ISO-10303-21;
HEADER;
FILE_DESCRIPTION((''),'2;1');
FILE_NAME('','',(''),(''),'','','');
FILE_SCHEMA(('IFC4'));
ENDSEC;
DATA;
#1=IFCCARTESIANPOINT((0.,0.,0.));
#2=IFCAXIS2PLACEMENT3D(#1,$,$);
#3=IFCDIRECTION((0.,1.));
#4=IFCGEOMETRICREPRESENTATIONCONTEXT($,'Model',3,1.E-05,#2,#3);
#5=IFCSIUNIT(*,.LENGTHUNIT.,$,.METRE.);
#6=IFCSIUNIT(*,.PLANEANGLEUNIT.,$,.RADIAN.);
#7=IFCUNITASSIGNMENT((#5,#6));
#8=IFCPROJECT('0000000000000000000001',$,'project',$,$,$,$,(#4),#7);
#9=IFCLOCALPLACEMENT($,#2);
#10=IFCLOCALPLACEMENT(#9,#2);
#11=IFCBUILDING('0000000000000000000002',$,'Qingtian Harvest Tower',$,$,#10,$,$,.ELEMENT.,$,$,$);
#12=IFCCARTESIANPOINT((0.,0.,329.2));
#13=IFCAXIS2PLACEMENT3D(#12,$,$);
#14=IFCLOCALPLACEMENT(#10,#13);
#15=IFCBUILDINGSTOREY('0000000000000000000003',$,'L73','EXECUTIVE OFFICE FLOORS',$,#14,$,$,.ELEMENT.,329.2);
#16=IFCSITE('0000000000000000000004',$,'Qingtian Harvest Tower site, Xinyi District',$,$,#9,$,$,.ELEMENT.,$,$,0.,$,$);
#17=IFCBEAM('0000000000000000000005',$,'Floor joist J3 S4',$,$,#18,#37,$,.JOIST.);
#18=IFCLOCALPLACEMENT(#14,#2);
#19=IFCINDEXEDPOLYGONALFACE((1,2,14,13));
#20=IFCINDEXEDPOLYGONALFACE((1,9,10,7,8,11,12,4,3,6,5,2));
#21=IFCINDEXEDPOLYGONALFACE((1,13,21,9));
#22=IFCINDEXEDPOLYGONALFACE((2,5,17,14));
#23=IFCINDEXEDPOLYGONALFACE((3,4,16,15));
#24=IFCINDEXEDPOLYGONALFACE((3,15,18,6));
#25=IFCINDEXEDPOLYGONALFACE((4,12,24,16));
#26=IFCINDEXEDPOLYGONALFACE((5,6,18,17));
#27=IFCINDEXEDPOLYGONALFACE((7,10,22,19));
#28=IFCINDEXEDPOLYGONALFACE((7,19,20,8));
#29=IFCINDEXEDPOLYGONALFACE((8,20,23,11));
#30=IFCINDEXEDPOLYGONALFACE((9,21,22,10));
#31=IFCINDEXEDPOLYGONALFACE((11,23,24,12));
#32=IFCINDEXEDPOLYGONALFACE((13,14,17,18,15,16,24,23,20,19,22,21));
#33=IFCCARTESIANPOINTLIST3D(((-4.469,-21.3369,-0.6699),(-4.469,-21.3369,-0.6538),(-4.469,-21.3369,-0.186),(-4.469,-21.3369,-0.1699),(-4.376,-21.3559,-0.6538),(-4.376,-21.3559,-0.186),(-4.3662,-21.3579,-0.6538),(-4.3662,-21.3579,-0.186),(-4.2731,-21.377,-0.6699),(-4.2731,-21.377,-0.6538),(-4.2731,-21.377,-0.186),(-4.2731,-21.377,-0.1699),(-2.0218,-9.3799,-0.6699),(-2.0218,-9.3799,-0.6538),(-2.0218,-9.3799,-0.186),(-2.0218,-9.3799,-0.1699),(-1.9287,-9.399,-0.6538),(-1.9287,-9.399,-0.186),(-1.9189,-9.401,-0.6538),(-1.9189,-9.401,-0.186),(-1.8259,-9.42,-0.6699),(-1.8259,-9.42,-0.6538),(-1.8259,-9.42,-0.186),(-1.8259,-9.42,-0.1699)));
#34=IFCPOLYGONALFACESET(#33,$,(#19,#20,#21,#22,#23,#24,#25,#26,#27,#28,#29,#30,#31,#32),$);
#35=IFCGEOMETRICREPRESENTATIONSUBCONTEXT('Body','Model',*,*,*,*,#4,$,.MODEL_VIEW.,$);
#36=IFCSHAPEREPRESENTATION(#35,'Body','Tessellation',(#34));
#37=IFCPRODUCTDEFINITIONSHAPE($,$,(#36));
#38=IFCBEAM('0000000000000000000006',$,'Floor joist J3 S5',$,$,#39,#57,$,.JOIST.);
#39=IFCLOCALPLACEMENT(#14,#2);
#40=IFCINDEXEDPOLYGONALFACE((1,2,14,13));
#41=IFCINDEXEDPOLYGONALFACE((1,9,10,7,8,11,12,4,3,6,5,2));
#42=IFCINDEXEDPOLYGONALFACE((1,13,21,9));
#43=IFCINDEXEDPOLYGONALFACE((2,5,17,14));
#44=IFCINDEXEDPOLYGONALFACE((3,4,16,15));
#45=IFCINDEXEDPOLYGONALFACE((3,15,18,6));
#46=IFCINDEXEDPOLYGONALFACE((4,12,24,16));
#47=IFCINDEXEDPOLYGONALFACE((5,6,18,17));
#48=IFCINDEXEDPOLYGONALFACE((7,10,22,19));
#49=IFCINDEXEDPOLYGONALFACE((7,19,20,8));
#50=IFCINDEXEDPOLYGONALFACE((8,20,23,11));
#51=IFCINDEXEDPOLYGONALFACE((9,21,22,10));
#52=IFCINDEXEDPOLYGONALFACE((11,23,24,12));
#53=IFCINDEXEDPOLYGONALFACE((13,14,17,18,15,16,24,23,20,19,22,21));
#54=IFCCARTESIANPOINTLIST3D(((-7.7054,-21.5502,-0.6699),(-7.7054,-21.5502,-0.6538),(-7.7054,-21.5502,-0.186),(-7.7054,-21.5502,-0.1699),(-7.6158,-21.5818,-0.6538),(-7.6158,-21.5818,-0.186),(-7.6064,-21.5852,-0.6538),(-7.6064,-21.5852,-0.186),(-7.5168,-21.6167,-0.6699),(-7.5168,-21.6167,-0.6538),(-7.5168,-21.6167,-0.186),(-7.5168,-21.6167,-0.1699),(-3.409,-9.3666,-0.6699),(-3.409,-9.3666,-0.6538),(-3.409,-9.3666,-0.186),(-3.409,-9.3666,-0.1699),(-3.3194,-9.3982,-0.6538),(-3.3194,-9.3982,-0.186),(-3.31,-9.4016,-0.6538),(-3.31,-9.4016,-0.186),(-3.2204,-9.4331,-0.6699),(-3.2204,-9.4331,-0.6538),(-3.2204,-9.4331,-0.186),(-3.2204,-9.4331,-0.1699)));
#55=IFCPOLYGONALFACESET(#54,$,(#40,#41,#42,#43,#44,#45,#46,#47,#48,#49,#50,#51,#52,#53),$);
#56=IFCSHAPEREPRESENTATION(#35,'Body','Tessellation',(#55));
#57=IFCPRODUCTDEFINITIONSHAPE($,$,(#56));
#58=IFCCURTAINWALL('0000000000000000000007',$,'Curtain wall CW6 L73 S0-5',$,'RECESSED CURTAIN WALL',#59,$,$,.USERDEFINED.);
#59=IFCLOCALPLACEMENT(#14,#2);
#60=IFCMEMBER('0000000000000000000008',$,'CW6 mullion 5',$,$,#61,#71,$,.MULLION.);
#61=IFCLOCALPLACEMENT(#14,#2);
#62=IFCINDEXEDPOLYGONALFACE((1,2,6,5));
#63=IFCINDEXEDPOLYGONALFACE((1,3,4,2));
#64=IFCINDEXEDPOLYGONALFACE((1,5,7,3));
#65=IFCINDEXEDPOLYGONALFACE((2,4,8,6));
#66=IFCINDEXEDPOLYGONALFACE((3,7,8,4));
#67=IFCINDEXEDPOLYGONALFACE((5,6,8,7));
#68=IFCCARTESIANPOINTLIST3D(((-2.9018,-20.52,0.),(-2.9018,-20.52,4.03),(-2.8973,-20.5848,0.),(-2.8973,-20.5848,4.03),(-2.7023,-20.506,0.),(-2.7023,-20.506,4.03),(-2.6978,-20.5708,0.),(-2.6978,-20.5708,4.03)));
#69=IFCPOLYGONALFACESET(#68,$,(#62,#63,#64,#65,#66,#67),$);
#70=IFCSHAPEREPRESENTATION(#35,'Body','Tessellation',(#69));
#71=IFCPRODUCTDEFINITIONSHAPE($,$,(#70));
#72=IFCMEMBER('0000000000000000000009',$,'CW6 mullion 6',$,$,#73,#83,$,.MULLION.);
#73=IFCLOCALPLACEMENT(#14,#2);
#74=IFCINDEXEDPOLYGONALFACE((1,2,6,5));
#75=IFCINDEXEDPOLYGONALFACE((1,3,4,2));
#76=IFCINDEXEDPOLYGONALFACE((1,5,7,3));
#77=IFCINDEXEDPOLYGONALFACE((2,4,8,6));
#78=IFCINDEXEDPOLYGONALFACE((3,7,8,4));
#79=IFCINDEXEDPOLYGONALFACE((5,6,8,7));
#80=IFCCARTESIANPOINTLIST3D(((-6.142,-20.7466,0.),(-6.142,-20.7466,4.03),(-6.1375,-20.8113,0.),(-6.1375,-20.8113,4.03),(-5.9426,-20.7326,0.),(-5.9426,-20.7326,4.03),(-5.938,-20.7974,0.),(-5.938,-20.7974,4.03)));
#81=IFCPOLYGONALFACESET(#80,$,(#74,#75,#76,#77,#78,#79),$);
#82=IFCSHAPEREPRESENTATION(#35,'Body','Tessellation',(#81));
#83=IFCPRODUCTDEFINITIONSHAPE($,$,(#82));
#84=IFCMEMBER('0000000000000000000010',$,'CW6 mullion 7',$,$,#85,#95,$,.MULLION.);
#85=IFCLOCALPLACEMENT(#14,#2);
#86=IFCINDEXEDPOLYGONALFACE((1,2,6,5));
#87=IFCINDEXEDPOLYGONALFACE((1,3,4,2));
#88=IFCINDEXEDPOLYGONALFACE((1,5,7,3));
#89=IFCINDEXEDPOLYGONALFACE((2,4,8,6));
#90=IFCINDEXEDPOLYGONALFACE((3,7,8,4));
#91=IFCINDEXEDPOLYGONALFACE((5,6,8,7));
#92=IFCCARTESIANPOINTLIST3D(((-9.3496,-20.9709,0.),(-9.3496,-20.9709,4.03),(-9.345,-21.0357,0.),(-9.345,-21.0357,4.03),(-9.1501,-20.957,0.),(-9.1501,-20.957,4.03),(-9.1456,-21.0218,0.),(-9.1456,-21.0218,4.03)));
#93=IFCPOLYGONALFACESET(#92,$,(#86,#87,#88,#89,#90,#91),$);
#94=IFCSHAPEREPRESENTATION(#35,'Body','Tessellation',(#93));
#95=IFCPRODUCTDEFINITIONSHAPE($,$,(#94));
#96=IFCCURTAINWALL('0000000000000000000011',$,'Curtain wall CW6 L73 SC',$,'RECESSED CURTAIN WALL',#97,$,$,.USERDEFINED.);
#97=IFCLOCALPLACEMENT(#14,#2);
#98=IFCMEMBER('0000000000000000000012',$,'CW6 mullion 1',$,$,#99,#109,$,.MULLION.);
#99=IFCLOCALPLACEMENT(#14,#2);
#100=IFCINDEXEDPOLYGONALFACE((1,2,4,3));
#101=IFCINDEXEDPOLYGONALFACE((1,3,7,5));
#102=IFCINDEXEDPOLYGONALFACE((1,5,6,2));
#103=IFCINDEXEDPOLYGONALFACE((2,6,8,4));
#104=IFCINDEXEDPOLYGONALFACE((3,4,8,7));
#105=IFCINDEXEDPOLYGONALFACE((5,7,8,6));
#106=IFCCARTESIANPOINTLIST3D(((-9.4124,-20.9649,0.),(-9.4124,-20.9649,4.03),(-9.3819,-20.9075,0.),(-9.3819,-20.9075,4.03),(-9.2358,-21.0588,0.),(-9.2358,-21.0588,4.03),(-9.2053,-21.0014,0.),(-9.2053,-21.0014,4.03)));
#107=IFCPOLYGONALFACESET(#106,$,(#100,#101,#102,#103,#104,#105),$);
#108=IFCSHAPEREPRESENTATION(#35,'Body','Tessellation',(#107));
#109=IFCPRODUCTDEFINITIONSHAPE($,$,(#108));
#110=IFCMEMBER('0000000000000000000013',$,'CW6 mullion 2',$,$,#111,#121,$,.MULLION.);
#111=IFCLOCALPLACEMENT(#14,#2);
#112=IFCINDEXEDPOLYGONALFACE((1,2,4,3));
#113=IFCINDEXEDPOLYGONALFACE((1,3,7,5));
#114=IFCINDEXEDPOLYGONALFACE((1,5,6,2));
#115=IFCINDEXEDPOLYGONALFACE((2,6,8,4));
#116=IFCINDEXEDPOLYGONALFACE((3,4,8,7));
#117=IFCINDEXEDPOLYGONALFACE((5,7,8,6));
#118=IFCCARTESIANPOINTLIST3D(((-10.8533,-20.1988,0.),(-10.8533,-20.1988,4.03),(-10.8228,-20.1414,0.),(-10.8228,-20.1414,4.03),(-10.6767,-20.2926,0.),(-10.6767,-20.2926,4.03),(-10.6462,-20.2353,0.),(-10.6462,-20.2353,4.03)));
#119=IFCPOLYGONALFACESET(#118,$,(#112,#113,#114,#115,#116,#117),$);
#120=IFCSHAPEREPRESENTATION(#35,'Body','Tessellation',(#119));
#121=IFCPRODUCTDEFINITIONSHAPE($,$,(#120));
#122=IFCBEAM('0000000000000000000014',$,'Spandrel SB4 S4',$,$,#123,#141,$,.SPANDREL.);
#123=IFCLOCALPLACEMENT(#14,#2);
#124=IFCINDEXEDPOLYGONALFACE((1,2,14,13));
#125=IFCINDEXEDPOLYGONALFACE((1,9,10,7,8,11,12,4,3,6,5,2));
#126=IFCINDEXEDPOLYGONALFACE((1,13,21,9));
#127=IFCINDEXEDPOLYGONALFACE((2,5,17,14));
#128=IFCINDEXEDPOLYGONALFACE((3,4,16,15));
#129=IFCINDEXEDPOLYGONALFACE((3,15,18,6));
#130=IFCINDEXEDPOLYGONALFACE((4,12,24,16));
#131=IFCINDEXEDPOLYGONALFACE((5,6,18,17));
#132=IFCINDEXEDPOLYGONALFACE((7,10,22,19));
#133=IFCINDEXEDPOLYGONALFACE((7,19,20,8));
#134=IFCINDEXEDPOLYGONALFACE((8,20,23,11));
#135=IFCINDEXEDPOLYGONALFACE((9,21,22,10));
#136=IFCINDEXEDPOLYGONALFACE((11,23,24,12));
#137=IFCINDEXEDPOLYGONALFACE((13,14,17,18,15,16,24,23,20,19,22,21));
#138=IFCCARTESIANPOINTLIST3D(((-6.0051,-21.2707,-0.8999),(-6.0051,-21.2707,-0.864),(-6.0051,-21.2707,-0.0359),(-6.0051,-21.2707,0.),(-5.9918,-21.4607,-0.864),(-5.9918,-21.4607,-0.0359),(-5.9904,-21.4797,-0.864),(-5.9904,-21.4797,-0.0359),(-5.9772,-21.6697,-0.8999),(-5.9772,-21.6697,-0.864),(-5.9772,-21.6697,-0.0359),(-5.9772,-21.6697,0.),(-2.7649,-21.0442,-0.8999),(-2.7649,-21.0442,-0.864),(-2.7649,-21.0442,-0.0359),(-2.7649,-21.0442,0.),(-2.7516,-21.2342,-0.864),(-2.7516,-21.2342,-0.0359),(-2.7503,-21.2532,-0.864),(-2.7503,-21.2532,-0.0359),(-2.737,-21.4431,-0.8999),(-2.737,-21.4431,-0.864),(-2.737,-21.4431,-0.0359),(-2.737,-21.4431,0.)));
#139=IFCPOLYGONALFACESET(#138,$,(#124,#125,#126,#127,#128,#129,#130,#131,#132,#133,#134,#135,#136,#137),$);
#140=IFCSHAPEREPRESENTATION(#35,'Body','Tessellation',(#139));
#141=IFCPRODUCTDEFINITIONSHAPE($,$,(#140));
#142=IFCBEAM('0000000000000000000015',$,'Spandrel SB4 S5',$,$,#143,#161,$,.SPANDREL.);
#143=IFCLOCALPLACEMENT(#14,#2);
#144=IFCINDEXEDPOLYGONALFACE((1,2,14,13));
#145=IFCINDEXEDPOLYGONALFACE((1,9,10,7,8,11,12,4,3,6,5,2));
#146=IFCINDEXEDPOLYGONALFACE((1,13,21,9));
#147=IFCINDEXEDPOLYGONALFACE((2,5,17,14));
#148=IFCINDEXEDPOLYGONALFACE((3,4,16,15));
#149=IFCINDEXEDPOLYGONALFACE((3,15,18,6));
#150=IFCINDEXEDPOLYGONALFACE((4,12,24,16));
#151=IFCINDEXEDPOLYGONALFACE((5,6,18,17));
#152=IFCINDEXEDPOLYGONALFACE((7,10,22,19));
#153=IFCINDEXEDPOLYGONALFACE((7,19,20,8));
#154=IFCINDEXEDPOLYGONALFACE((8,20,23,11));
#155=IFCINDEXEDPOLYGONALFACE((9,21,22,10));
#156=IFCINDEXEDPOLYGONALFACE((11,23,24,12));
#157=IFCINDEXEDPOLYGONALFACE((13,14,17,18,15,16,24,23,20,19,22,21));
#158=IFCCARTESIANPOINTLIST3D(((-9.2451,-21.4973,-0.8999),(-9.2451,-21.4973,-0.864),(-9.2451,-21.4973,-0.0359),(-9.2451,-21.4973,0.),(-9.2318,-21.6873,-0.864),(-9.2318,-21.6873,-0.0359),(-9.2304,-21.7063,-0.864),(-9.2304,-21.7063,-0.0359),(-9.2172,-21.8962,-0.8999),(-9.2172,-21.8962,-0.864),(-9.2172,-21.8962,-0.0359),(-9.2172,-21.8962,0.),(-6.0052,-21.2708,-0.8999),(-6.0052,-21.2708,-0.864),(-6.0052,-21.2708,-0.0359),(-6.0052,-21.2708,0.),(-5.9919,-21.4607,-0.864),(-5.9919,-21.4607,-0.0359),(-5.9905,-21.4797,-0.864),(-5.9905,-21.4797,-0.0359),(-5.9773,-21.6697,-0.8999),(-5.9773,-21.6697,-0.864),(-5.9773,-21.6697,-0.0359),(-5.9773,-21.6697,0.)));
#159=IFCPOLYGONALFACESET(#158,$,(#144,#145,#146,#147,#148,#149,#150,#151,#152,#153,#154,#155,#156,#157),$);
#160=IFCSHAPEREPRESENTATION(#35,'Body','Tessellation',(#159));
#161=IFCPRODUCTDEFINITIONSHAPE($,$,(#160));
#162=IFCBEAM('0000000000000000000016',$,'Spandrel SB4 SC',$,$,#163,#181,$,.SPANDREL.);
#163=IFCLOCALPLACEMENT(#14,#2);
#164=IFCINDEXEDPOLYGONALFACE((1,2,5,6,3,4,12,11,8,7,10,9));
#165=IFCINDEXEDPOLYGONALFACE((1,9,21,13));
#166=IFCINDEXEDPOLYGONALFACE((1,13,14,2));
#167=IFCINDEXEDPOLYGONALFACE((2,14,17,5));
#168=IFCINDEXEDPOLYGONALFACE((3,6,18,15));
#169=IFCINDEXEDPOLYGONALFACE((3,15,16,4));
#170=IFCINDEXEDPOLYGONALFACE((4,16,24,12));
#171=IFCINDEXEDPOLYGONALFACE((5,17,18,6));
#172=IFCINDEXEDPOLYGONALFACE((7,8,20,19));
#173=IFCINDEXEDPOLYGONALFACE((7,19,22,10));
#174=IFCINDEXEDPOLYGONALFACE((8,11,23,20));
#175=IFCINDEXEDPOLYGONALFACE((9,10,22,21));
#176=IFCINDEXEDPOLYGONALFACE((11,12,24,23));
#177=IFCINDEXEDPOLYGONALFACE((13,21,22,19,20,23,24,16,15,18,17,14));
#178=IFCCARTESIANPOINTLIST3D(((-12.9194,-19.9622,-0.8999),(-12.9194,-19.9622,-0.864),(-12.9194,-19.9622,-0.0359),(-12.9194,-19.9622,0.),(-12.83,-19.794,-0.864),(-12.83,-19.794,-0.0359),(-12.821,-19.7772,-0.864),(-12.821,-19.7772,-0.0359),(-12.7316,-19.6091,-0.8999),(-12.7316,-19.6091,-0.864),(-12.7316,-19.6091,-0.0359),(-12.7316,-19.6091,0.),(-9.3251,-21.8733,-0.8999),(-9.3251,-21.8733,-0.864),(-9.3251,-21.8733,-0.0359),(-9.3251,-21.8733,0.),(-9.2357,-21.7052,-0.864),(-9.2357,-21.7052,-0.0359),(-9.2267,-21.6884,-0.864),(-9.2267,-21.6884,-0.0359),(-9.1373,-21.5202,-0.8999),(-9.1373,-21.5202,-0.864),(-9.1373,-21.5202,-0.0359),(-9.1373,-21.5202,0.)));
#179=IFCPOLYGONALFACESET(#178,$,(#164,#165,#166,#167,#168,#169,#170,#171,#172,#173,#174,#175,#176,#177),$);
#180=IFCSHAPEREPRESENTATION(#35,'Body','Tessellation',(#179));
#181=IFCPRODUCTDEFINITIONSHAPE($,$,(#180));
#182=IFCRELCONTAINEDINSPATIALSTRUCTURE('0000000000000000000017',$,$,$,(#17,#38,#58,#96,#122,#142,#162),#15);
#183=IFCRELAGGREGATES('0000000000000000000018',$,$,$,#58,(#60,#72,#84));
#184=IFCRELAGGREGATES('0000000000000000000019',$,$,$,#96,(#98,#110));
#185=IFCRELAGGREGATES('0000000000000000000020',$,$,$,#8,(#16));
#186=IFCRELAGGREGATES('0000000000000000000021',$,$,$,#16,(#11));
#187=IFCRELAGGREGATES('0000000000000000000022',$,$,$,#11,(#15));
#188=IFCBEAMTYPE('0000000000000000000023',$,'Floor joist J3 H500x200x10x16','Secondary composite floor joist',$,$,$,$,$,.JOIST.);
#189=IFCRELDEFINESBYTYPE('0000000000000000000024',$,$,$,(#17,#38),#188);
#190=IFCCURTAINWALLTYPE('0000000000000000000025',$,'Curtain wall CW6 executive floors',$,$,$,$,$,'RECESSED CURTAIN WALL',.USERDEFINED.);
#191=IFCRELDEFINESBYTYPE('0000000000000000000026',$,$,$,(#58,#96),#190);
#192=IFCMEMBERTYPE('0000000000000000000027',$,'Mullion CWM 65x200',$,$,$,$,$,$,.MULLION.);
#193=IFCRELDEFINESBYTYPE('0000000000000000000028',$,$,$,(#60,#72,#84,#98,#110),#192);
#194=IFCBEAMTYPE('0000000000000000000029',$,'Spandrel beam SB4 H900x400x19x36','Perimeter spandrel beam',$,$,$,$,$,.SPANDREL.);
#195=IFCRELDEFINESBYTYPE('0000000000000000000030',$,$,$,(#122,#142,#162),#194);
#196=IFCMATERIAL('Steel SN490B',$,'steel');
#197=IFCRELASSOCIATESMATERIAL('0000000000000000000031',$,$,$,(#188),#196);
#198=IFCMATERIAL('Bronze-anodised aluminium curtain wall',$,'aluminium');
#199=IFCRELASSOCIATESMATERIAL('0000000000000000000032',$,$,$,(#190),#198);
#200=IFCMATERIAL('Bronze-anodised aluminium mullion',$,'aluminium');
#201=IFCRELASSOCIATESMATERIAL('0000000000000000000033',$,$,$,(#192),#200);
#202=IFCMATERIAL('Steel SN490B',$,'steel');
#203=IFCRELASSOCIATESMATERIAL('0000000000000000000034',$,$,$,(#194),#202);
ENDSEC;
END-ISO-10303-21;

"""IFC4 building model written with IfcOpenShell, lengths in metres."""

from ifc_helpers import new_model, si_unit, direction, frame, origin, origin_2d, place, context, subcontext, project, spatial, rectangle, i_section, extrude, material, material_profile, profile_set, type_object, element, aggregate, save


model = new_model("IFC4")

# Units and contexts
model_context = context("Model", 3, precision=1e-05, world=origin(), true_north=direction((0.0, 1.0)))
body_context = subcontext(model_context, "Body", "Model", "MODEL_VIEW")
ifc_project = project(units=[si_unit("LENGTHUNIT", "METRE"), si_unit("PLANEANGLEUNIT", "RADIAN")], contexts=[model_context])

# Site, building, storey
site_placement = place(None, origin())
site = spatial("IfcSite", under=ifc_project, at=site_placement, Name="Qingtian Harvest Tower site, Xinyi District", CompositionType="ELEMENT", RefElevation=0.0)
building_placement = place(site_placement, origin())
building = spatial("IfcBuilding", under=site, at=building_placement, Name="Qingtian Harvest Tower", CompositionType="ELEMENT")
storey_placement = place(building_placement, frame((0.0, 0.0, 329.2)))
storey = spatial("IfcBuildingStorey", under=building, at=storey_placement, Name="L73", Description="EXECUTIVE OFFICE FLOORS", CompositionType="ELEMENT", Elevation=329.2)

# Beams
ifc_material_1 = material(Name="Steel SN490B", Category="steel")
ifc_material_profile_1 = material_profile(ifc_material_1, i_section(OverallWidth=0.2, OverallDepth=0.5, WebThickness=0.01, FlangeThickness=0.0161, at=origin_2d()), Name="H500x200x10x16")
ifc_profile_set_1 = profile_set([ifc_material_profile_1], Name="Steel SN490B")
beam_type_1 = type_object("IfcBeamType", Name="Floor joist J3 H500x200x10x16", Description="Secondary composite floor joist", PredefinedType="JOIST", material=ifc_profile_set_1)
beam_1_placement = place(storey_placement, frame((-4.3711, -21.3569, -0.4199), z_axis=(0.200515, 0.979691, 0.0), x_axis=(-0.979691, 0.200515, 0.0)))
element("IfcBeam", 1, at=beam_1_placement, inside=storey, type_object=beam_type_1, Name="Floor joist J3 S4", PredefinedType="JOIST", context=body_context, shape_type="SweptSolid", body=[
    extrude(i_section(OverallWidth=0.2, OverallDepth=0.5, WebThickness=0.01, FlangeThickness=0.0161, at=origin_2d()), origin(), (0.0, 0.0, 1.0), 12.2048),
])
beam_2_placement = place(storey_placement, frame((-7.6111, -21.5835, -0.4199), z_axis=(0.332565, 0.94308, 0.0), x_axis=(-0.94308, 0.332565, 0.0)))
element("IfcBeam", 2, at=beam_2_placement, inside=storey, type_object=beam_type_1, Name="Floor joist J3 S5", PredefinedType="JOIST", context=body_context, shape_type="SweptSolid", body=[
    extrude(i_section(OverallWidth=0.2, OverallDepth=0.5, WebThickness=0.01, FlangeThickness=0.0161, at=origin_2d()), origin(), (0.0, 0.0, 1.0), 12.9189),
])

# Curtain walls, members
ifc_material_2 = material(Name="Bronze-anodised aluminium curtain wall", Category="aluminium")
curtain_wall_type = type_object("IfcCurtainWallType", Name="Curtain wall CW6 executive floors", ElementType="RECESSED CURTAIN WALL", PredefinedType="USERDEFINED", material=ifc_material_2)
curtain_wall_1_placement = place(storey_placement, origin())
curtain_wall_1 = element("IfcCurtainWall", 3, at=curtain_wall_1_placement, inside=storey, type_object=curtain_wall_type, Name="Curtain wall CW6 L73 S0-5", ObjectType="RECESSED CURTAIN WALL", PredefinedType="USERDEFINED")
ifc_material_3 = material(Name="Bronze-anodised aluminium mullion", Category="aluminium")
ifc_material_profile_2 = material_profile(ifc_material_3, rectangle(XDim=0.0649, YDim=0.2, at=origin_2d()), Name="AL 65x200")
ifc_profile_set_2 = profile_set([ifc_material_profile_2], Name="Bronze-anodised aluminium mullion")
member_type_1 = type_object("IfcMemberType", Name="Mullion CWM 65x200", PredefinedType="MULLION", material=ifc_profile_set_2)
member_1_placement = place(storey_placement, frame((-2.7998, -20.5454, 0.0), z_axis=(0.0, 0.0, 1.0), x_axis=(0.069756, -0.997564, 0.0)))
member_1 = element("IfcMember", 4, at=member_1_placement, type_object=member_type_1, Name="CW6 mullion 5", PredefinedType="MULLION", context=body_context, shape_type="SweptSolid", body=[
    extrude(rectangle(XDim=0.0649, YDim=0.2, at=origin_2d()), origin(), (0.0, 0.0, 1.0), 4.03),
])
member_2_placement = place(storey_placement, frame((-6.04, -20.772, 0.0), z_axis=(0.0, 0.0, 1.0), x_axis=(0.069756, -0.997564, 0.0)))
member_2 = element("IfcMember", 5, at=member_2_placement, type_object=member_type_1, Name="CW6 mullion 6", PredefinedType="MULLION", context=body_context, shape_type="SweptSolid", body=[
    extrude(rectangle(XDim=0.0649, YDim=0.2, at=origin_2d()), origin(), (0.0, 0.0, 1.0), 4.03),
])
member_3_placement = place(storey_placement, frame((-9.2476, -20.9963, 0.0), z_axis=(0.0, 0.0, 1.0), x_axis=(0.069756, -0.997564, 0.0)))
member_3 = element("IfcMember", 6, at=member_3_placement, type_object=member_type_1, Name="CW6 mullion 7", PredefinedType="MULLION", context=body_context, shape_type="SweptSolid", body=[
    extrude(rectangle(XDim=0.0649, YDim=0.2, at=origin_2d()), origin(), (0.0, 0.0, 1.0), 4.03),
])
curtain_wall_2_placement = place(storey_placement, origin())
curtain_wall_2 = element("IfcCurtainWall", 7, at=curtain_wall_2_placement, inside=storey, type_object=curtain_wall_type, Name="Curtain wall CW6 L73 SC", ObjectType="RECESSED CURTAIN WALL", PredefinedType="USERDEFINED")
member_4_placement = place(storey_placement, frame((-9.3088, -20.9832, 0.0), z_axis=(0.0, 0.0, 1.0), x_axis=(-0.469472, -0.882948, 0.0)))
member_4 = element("IfcMember", 8, at=member_4_placement, type_object=member_type_1, Name="CW6 mullion 1", PredefinedType="MULLION", context=body_context, shape_type="SweptSolid", body=[
    extrude(rectangle(XDim=0.0649, YDim=0.2, at=origin_2d()), origin(), (0.0, 0.0, 1.0), 4.03),
])
member_5_placement = place(storey_placement, frame((-10.7498, -20.217, 0.0), z_axis=(0.0, 0.0, 1.0), x_axis=(-0.469472, -0.882948, 0.0)))
member_5 = element("IfcMember", 9, at=member_5_placement, type_object=member_type_1, Name="CW6 mullion 2", PredefinedType="MULLION", context=body_context, shape_type="SweptSolid", body=[
    extrude(rectangle(XDim=0.0649, YDim=0.2, at=origin_2d()), origin(), (0.0, 0.0, 1.0), 4.03),
])

# Beams
ifc_material_4 = material(Name="Steel SN490B", Category="steel")
ifc_material_profile_3 = material_profile(ifc_material_4, i_section(OverallWidth=0.3999, OverallDepth=0.8999, WebThickness=0.019, FlangeThickness=0.0359, at=origin_2d()), Name="H900x400x19x36")
ifc_profile_set_3 = profile_set([ifc_material_profile_3], Name="Steel SN490B")
beam_type_2 = type_object("IfcBeamType", Name="Spandrel beam SB4 H900x400x19x36", Description="Perimeter spandrel beam", PredefinedType="SPANDREL", material=ifc_profile_set_3)
beam_3_placement = place(storey_placement, frame((-2.751, -21.2437, -0.45), z_axis=(-0.997564, -0.069751, 0.0), x_axis=(0.069751, -0.997564, 0.0)))
element("IfcBeam", 10, at=beam_3_placement, inside=storey, type_object=beam_type_2, Name="Spandrel SB4 S4", PredefinedType="SPANDREL", context=body_context, shape_type="SweptSolid", body=[
    extrude(i_section(OverallWidth=0.3999, OverallDepth=0.8999, WebThickness=0.019, FlangeThickness=0.0359, at=origin_2d()), origin(), (0.0, 0.0, 1.0), 3.248),
])
beam_4_placement = place(storey_placement, frame((-5.9912, -21.4702, -0.45), z_axis=(-0.997564, -0.069757, 0.0), x_axis=(0.069757, -0.997564, 0.0)))
element("IfcBeam", 11, at=beam_4_placement, inside=storey, type_object=beam_type_2, Name="Spandrel SB4 S5", PredefinedType="SPANDREL", context=body_context, shape_type="SweptSolid", body=[
    extrude(i_section(OverallWidth=0.3999, OverallDepth=0.8999, WebThickness=0.019, FlangeThickness=0.0359, at=origin_2d()), origin(), (0.0, 0.0, 1.0), 3.2478),
])
beam_5_placement = place(storey_placement, frame((-9.2312, -21.6968, -0.45), z_axis=(-0.882943, 0.46948, 0.0), x_axis=(-0.46948, -0.882943, 0.0)))
element("IfcBeam", 12, at=beam_5_placement, inside=storey, type_object=beam_type_2, Name="Spandrel SB4 SC", PredefinedType="SPANDREL", context=body_context, shape_type="SweptSolid", body=[
    extrude(i_section(OverallWidth=0.3999, OverallDepth=0.8999, WebThickness=0.019, FlangeThickness=0.0359, at=origin_2d()), origin(), (0.0, 0.0, 1.0), 4.0708),
])

aggregate(curtain_wall_1, [member_1, member_2, member_3])
aggregate(curtain_wall_2, [member_4, member_5])

save(model, "model.ifc")
